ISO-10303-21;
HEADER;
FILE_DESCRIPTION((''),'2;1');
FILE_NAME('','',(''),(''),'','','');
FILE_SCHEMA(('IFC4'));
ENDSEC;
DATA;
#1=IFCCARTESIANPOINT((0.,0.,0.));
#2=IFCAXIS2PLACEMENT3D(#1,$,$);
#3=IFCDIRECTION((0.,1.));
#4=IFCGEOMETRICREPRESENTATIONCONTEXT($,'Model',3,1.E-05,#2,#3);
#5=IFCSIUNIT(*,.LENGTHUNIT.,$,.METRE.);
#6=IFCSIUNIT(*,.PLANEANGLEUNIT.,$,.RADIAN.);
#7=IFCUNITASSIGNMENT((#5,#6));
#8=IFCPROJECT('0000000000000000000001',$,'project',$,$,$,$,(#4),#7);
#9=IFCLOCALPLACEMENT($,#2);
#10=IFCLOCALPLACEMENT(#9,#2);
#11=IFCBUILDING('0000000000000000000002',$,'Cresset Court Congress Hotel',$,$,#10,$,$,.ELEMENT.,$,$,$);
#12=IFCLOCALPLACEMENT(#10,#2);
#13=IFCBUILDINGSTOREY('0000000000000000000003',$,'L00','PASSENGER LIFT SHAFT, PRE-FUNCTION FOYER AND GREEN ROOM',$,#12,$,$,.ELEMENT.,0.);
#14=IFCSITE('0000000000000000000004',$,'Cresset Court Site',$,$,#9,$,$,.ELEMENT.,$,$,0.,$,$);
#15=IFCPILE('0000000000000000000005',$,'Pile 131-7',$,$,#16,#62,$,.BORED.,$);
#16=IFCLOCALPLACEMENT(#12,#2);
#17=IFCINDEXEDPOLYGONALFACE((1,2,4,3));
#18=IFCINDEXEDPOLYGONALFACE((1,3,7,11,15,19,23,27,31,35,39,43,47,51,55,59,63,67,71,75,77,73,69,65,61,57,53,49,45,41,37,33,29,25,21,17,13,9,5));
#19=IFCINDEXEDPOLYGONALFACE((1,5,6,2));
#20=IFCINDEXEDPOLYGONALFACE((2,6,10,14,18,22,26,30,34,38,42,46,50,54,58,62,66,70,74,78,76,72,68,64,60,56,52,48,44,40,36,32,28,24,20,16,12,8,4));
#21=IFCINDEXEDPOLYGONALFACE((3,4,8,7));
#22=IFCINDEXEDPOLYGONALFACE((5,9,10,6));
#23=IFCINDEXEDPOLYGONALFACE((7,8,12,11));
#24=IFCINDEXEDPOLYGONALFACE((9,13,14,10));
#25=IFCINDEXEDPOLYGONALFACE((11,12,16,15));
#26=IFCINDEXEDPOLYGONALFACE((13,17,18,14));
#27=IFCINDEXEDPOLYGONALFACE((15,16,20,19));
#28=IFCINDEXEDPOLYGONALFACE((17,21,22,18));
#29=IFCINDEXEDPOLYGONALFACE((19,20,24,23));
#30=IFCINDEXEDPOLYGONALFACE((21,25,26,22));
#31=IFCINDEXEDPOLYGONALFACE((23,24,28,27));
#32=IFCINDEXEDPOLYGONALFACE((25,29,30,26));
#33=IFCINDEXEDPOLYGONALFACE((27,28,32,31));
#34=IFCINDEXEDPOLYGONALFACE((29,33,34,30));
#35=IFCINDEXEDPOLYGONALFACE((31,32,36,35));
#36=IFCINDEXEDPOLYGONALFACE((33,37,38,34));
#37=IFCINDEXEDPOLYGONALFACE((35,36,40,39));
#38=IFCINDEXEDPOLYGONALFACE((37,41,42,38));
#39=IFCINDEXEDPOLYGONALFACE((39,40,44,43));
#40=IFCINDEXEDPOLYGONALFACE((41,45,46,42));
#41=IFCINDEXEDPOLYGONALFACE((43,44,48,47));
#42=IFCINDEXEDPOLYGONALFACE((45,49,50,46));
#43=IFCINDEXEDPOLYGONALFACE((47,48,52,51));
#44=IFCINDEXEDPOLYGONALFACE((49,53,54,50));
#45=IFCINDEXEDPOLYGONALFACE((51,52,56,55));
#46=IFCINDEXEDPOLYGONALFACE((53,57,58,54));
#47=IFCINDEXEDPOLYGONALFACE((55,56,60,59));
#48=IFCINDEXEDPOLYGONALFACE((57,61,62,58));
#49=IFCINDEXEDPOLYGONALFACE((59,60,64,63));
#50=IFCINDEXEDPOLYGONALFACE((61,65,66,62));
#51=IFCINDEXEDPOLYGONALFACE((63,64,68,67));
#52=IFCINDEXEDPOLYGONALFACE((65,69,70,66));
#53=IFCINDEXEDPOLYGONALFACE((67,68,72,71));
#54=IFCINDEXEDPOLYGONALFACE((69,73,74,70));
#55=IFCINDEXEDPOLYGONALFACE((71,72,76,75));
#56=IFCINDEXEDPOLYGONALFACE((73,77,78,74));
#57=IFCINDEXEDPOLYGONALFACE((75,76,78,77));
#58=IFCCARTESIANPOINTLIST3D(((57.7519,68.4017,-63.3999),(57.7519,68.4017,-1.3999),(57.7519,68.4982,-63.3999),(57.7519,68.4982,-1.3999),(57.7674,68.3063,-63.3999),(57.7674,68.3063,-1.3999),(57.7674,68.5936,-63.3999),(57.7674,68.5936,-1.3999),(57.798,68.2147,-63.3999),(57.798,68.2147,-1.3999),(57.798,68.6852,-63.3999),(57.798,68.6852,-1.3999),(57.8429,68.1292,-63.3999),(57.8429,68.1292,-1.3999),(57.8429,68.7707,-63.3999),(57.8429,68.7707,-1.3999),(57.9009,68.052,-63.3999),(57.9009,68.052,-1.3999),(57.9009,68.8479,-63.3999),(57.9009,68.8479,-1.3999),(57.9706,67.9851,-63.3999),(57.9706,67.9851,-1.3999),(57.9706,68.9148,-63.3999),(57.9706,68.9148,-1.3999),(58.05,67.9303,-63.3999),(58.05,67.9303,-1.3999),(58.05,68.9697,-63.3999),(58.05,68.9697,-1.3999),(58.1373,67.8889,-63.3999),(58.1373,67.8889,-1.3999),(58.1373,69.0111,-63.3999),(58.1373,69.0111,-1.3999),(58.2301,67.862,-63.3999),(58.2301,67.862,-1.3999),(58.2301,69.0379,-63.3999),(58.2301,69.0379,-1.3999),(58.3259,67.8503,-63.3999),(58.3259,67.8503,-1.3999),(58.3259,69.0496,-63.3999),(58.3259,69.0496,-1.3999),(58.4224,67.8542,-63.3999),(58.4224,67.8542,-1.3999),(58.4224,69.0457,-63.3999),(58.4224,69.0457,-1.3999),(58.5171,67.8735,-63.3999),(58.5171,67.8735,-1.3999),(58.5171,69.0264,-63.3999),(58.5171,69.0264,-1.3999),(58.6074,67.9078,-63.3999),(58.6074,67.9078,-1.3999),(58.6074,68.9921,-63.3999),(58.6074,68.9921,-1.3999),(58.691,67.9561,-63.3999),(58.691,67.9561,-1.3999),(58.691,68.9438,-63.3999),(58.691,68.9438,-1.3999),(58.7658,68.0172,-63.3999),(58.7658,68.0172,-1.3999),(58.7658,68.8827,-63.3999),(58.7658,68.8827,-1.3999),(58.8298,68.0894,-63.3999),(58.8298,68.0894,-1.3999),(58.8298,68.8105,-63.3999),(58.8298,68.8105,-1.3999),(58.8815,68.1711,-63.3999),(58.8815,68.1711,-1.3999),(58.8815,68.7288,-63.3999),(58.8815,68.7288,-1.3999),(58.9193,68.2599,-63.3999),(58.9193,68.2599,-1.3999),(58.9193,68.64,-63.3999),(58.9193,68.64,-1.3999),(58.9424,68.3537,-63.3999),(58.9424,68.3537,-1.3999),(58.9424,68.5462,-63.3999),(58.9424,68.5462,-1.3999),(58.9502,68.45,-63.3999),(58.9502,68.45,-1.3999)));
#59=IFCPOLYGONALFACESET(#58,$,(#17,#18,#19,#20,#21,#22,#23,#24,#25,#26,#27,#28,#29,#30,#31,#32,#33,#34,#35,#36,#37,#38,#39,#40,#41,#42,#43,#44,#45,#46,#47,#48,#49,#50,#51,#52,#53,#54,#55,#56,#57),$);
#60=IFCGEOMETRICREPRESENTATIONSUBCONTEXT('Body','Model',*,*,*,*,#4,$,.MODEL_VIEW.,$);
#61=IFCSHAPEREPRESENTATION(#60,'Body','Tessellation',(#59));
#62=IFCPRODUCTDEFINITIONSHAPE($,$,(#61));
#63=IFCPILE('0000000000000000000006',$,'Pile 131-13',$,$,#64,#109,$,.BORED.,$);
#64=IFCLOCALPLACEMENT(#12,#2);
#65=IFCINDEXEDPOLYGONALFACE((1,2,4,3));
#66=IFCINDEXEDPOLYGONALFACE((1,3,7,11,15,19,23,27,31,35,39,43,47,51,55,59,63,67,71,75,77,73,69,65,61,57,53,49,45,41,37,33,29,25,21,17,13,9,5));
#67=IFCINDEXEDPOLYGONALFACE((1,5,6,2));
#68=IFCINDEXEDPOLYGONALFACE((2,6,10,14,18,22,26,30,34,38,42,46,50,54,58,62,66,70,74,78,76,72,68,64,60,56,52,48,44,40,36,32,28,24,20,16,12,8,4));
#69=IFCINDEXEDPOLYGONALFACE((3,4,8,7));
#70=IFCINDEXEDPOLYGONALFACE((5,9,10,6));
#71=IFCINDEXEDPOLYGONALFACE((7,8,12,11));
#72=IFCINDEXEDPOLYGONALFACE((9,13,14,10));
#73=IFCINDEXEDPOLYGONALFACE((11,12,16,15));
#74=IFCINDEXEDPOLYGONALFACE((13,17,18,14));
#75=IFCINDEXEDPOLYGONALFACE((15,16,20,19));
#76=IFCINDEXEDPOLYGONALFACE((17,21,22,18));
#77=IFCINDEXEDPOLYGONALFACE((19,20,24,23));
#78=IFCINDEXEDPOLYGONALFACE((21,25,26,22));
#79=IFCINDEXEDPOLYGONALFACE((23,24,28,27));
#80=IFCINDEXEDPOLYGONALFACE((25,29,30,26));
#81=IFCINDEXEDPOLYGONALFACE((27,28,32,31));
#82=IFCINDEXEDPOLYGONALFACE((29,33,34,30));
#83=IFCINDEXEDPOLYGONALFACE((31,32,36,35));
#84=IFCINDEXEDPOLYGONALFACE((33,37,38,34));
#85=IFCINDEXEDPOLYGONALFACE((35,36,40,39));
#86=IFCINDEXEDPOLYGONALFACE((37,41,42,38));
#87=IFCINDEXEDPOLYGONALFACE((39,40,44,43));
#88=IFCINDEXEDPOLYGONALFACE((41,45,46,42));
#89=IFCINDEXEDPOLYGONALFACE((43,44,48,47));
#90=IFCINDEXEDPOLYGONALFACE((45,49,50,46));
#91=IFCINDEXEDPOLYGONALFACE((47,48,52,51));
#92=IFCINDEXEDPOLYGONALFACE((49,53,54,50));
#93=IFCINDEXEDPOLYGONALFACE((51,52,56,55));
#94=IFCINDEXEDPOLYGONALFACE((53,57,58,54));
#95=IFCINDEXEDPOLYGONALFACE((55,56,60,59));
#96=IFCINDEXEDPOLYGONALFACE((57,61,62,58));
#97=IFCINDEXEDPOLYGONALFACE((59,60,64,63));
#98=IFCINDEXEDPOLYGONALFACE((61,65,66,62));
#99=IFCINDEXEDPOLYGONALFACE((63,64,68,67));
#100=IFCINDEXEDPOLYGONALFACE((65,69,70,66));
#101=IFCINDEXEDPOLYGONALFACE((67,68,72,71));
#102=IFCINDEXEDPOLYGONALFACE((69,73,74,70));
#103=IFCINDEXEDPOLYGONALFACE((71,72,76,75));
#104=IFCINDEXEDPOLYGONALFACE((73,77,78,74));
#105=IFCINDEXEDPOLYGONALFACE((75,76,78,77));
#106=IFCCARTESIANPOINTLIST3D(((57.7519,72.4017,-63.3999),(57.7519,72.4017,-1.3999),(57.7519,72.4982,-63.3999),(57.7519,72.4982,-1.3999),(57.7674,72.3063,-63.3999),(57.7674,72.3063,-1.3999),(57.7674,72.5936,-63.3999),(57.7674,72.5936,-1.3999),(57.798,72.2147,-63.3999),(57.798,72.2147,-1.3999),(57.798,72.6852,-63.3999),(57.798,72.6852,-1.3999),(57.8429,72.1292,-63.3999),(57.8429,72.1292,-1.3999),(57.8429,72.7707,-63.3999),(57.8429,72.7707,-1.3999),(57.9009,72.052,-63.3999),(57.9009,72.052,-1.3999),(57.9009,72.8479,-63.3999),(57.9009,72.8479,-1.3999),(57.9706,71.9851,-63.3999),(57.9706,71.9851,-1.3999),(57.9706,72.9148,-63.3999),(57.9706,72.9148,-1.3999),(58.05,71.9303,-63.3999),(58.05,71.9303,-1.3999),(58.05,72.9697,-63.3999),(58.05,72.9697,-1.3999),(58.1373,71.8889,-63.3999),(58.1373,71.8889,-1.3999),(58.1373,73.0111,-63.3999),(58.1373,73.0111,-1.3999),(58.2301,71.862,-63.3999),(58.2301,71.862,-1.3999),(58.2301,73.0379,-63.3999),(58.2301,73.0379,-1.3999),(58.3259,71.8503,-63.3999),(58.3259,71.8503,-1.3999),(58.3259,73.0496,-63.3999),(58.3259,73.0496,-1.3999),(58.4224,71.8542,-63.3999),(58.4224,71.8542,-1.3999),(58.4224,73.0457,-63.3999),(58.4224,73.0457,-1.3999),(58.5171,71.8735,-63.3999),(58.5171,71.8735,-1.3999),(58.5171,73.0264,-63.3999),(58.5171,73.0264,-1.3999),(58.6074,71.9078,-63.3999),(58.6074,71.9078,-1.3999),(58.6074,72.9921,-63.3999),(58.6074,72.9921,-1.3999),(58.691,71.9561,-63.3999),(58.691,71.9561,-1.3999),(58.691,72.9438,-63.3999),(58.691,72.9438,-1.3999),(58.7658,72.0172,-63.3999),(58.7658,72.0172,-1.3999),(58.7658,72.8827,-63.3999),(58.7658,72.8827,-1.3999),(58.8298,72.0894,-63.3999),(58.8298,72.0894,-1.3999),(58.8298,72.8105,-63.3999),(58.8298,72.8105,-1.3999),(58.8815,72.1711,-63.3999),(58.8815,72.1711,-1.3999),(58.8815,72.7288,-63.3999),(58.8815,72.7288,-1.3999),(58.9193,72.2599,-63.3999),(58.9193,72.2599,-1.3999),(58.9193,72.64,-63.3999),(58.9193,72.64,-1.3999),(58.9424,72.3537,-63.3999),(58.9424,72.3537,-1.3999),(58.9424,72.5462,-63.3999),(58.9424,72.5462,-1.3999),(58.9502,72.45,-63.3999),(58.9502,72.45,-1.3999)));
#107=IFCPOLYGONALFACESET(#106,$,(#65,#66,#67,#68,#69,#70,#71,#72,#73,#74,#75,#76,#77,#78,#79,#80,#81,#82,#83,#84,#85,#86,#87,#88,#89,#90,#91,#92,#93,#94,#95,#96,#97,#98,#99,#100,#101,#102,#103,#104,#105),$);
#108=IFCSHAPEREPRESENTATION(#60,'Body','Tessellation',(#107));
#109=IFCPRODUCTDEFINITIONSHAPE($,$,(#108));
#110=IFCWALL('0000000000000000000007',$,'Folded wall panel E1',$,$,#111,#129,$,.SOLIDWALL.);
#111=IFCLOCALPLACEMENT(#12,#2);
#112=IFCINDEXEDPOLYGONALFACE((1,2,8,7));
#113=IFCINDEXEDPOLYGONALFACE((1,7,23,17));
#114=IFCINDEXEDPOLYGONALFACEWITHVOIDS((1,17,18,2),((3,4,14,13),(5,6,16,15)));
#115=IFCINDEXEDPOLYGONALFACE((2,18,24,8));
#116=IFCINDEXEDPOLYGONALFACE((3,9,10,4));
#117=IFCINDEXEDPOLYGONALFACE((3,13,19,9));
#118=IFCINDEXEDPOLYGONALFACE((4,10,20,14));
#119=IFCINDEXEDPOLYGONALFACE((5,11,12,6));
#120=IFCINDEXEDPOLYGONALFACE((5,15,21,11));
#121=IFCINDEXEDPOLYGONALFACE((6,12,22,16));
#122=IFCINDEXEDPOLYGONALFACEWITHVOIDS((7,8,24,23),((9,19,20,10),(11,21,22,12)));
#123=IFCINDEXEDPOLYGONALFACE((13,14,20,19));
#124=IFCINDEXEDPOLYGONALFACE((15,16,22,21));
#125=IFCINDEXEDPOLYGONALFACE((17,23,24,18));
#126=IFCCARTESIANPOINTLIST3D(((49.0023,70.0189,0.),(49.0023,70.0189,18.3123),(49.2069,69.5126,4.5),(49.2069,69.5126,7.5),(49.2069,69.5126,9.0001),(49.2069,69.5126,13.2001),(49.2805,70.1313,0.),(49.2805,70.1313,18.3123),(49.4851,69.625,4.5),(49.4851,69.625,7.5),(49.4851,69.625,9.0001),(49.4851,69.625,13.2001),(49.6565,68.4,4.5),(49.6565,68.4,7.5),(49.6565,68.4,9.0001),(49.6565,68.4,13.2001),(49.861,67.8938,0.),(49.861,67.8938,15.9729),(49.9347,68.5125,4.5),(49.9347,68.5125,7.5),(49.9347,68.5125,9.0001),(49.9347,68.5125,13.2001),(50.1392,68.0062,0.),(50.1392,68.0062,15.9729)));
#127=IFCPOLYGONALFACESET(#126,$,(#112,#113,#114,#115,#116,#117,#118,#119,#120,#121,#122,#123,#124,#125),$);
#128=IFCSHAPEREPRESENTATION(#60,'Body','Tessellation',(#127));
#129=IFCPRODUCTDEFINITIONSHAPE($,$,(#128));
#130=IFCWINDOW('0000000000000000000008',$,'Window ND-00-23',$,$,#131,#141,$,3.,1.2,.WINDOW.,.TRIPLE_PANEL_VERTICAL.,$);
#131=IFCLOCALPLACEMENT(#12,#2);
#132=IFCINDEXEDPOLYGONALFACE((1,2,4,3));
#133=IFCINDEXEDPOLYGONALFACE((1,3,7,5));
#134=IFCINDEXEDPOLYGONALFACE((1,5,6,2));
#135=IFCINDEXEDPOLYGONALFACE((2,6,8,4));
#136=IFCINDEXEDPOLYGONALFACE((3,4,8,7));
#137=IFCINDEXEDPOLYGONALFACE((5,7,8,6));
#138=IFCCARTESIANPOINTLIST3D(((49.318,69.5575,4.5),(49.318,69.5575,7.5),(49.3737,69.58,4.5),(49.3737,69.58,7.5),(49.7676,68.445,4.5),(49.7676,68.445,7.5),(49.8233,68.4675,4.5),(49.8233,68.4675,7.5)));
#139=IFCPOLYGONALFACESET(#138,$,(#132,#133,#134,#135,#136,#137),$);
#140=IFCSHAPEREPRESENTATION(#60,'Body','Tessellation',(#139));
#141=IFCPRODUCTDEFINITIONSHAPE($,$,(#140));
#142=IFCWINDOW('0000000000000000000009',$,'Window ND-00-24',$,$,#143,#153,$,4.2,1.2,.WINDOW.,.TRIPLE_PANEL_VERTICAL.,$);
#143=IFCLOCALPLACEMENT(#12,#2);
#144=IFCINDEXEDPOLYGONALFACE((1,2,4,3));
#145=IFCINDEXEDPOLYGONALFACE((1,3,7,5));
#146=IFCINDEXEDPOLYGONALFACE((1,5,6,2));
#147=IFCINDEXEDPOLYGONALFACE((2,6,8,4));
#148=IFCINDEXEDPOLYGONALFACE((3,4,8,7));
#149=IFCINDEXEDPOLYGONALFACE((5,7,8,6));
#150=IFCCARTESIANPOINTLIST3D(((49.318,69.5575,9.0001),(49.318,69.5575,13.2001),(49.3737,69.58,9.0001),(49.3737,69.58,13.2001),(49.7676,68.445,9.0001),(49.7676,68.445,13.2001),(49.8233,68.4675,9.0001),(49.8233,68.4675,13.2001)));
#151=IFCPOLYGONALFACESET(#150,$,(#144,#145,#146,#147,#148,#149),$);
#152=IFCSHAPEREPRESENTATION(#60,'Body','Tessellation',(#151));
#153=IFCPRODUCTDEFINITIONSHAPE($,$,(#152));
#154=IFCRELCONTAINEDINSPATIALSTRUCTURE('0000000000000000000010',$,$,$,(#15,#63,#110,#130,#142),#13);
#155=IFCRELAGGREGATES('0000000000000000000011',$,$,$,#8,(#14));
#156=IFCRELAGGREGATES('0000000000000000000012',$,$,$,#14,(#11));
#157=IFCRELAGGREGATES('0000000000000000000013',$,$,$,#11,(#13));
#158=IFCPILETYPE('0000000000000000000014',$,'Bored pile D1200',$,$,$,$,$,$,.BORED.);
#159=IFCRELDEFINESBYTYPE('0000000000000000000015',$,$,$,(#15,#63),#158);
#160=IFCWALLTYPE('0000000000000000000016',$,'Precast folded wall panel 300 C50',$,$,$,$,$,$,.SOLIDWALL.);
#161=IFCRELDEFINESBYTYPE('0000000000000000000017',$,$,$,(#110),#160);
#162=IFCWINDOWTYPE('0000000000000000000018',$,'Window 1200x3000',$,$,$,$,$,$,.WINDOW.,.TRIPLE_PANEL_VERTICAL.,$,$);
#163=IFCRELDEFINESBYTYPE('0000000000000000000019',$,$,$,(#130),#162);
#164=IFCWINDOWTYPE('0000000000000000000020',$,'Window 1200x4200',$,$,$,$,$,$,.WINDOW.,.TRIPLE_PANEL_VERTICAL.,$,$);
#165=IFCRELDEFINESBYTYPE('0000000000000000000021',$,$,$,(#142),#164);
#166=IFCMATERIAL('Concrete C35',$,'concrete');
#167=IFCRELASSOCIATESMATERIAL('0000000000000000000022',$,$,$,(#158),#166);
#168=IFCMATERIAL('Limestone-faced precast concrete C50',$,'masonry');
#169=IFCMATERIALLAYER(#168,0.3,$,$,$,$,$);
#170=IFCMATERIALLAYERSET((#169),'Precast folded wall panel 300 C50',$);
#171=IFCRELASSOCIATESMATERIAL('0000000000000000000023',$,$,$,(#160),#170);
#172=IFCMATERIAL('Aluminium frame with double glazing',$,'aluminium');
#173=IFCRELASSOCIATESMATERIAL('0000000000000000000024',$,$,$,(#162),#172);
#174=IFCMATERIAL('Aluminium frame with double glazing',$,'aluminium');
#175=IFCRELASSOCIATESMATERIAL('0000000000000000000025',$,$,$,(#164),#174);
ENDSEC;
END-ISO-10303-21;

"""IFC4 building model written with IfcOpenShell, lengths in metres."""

from ifc_helpers import new_model, si_unit, direction, frame, frame_2d, origin, origin_2d, place, context, subcontext, project, spatial, polyline, rectangle, circle, outline, extrude, material, layer, layer_set, type_object, element, fill, save


model = new_model("IFC4")

# Units and contexts
model_context = context("Model", 3, precision=1e-05, world=origin(), true_north=direction((0.0, 1.0)))
body_context = subcontext(model_context, "Body", "Model", "MODEL_VIEW")
ifc_project = project(units=[si_unit("LENGTHUNIT", "METRE"), si_unit("PLANEANGLEUNIT", "RADIAN")], contexts=[model_context])

# Site, building, storey
site_placement = place(None, origin())
site = spatial("IfcSite", under=ifc_project, at=site_placement, Name="Cresset Court Site", CompositionType="ELEMENT", RefElevation=0.0)
building_placement = place(site_placement, origin())
building = spatial("IfcBuilding", under=site, at=building_placement, Name="Cresset Court Congress Hotel", CompositionType="ELEMENT")
storey_placement = place(building_placement, origin())
storey = spatial("IfcBuildingStorey", under=building, at=storey_placement, Name="L00", Description="PASSENGER LIFT SHAFT, PRE-FUNCTION FOYER AND GREEN ROOM", CompositionType="ELEMENT", Elevation=0.0)

# Piles
ifc_material_1 = material(Name="Concrete C35", Category="concrete")
pile_type = type_object("IfcPileType", Name="Bored pile D1200", PredefinedType="BORED", material=ifc_material_1)
for number, where, z_axis, x_axis, name in (
    (1, (58.3501, 68.45, -1.3999), (0.0, 0.0, -1.0), (1.0, 0.0, 0.0), "Pile 131-7"),
    (2, (58.3501, 72.45, -1.3999), (0.0, 0.0, -1.0), (1.0, 0.0, 0.0), "Pile 131-13"),
):
    element("IfcPile", number, at=place(storey_placement, frame(where, z_axis=z_axis, x_axis=x_axis)), inside=storey, type_object=pile_type, Name=name, PredefinedType="BORED", context=body_context, shape_type="SweptSolid", body=[
        extrude(circle(Radius=0.6001, at=origin_2d()), origin(), (0.0, 0.0, 1.0), 62.0),
    ])

# Wall, openings, windows
ifc_material_2 = material(Name="Limestone-faced precast concrete C50", Category="masonry")
ifc_layer_1 = layer(ifc_material_2, 0.3)
ifc_layer_set_1 = layer_set([ifc_layer_1], Name="Precast folded wall panel 300 C50")
wall_type_1 = type_object("IfcWallType", Name="Precast folded wall panel 300 C50", PredefinedType="SOLIDWALL", material=ifc_layer_set_1)
wall_1_placement = place(storey_placement, frame((50.0, 67.95, 0.0), z_axis=(0.0, 0.0, 1.0), x_axis=(-0.374639, 0.927171, 0.0)))
wall_1 = element("IfcWall", 3, at=wall_1_placement, inside=storey, type_object=wall_type_1, Name="Folded wall panel E1", PredefinedType="SOLIDWALL", context=body_context, shape_type="SweptSolid", body=[
    extrude(outline(polyline([(0.0, 0.0), (2.292, 0.0), (2.292, 18.3123), (0.0, 15.9729), (0.0, 0.0)])), frame((0.0, 0.1499, 0.0), z_axis=(0.0, -1.0, 0.0), x_axis=(1.0, 0.0, 0.0)), (0.0, 0.0, 1.0), 0.3),
])
opening_1_placement = place(wall_1_placement, frame((0.5459, 0.0, 4.5)))
opening_1 = element("IfcOpeningElement", 4, at=opening_1_placement, cuts=wall_1, PredefinedType="OPENING", context=body_context, shape_type="SweptSolid", body=[
    extrude(rectangle(XDim=1.2, YDim=3.0, at=frame_2d((0.6001, 1.5))), frame((0.0, 0.1599, 0.0), z_axis=(0.0, -1.0, 0.0), x_axis=(1.0, 0.0, 0.0)), (0.0, 0.0, 1.0), 0.3201),
])
opening_2_placement = place(wall_1_placement, frame((0.5459, 0.0, 9.0)))
opening_2 = element("IfcOpeningElement", 5, at=opening_2_placement, cuts=wall_1, PredefinedType="OPENING", context=body_context, shape_type="SweptSolid", body=[
    extrude(rectangle(XDim=1.2, YDim=4.2, at=frame_2d((0.6001, 2.1001))), frame((0.0, 0.1599, 0.0), z_axis=(0.0, -1.0, 0.0), x_axis=(1.0, 0.0, 0.0)), (0.0, 0.0, 1.0), 0.3201),
])
ifc_material_3 = material(Name="Aluminium frame with double glazing", Category="aluminium")
window_type_1 = type_object("IfcWindowType", Name="Window 1200x3000", PartitioningType="TRIPLE_PANEL_VERTICAL", PredefinedType="WINDOW", material=ifc_material_3)
window_1_placement = place(opening_1_placement, origin())
window_1 = element("IfcWindow", 6, at=window_1_placement, inside=storey, type_object=window_type_1, Name="Window ND-00-23", OverallHeight=3.0, OverallWidth=1.2, PartitioningType="TRIPLE_PANEL_VERTICAL", PredefinedType="WINDOW", context=body_context, shape_type="SweptSolid", body=[
    extrude(rectangle(XDim=1.2, YDim=3.0, at=frame_2d((0.6001, 1.5))), frame((0.0, 0.03, 0.0), z_axis=(0.0, -1.0, 0.0), x_axis=(1.0, 0.0, 0.0)), (0.0, 0.0, 1.0), 0.0601),
])
fill(opening_1, window_1)
ifc_material_4 = material(Name="Aluminium frame with double glazing", Category="aluminium")
window_type_2 = type_object("IfcWindowType", Name="Window 1200x4200", PartitioningType="TRIPLE_PANEL_VERTICAL", PredefinedType="WINDOW", material=ifc_material_4)
window_2_placement = place(opening_2_placement, origin())
window_2 = element("IfcWindow", 7, at=window_2_placement, inside=storey, type_object=window_type_2, Name="Window ND-00-24", OverallHeight=4.2, OverallWidth=1.2, PartitioningType="TRIPLE_PANEL_VERTICAL", PredefinedType="WINDOW", context=body_context, shape_type="SweptSolid", body=[
    extrude(rectangle(XDim=1.2, YDim=4.2, at=frame_2d((0.6001, 2.1001))), frame((0.0, 0.03, 0.0), z_axis=(0.0, -1.0, 0.0), x_axis=(1.0, 0.0, 0.0)), (0.0, 0.0, 1.0), 0.0601),
])
fill(opening_2, window_2)

save(model, "model.ifc")
